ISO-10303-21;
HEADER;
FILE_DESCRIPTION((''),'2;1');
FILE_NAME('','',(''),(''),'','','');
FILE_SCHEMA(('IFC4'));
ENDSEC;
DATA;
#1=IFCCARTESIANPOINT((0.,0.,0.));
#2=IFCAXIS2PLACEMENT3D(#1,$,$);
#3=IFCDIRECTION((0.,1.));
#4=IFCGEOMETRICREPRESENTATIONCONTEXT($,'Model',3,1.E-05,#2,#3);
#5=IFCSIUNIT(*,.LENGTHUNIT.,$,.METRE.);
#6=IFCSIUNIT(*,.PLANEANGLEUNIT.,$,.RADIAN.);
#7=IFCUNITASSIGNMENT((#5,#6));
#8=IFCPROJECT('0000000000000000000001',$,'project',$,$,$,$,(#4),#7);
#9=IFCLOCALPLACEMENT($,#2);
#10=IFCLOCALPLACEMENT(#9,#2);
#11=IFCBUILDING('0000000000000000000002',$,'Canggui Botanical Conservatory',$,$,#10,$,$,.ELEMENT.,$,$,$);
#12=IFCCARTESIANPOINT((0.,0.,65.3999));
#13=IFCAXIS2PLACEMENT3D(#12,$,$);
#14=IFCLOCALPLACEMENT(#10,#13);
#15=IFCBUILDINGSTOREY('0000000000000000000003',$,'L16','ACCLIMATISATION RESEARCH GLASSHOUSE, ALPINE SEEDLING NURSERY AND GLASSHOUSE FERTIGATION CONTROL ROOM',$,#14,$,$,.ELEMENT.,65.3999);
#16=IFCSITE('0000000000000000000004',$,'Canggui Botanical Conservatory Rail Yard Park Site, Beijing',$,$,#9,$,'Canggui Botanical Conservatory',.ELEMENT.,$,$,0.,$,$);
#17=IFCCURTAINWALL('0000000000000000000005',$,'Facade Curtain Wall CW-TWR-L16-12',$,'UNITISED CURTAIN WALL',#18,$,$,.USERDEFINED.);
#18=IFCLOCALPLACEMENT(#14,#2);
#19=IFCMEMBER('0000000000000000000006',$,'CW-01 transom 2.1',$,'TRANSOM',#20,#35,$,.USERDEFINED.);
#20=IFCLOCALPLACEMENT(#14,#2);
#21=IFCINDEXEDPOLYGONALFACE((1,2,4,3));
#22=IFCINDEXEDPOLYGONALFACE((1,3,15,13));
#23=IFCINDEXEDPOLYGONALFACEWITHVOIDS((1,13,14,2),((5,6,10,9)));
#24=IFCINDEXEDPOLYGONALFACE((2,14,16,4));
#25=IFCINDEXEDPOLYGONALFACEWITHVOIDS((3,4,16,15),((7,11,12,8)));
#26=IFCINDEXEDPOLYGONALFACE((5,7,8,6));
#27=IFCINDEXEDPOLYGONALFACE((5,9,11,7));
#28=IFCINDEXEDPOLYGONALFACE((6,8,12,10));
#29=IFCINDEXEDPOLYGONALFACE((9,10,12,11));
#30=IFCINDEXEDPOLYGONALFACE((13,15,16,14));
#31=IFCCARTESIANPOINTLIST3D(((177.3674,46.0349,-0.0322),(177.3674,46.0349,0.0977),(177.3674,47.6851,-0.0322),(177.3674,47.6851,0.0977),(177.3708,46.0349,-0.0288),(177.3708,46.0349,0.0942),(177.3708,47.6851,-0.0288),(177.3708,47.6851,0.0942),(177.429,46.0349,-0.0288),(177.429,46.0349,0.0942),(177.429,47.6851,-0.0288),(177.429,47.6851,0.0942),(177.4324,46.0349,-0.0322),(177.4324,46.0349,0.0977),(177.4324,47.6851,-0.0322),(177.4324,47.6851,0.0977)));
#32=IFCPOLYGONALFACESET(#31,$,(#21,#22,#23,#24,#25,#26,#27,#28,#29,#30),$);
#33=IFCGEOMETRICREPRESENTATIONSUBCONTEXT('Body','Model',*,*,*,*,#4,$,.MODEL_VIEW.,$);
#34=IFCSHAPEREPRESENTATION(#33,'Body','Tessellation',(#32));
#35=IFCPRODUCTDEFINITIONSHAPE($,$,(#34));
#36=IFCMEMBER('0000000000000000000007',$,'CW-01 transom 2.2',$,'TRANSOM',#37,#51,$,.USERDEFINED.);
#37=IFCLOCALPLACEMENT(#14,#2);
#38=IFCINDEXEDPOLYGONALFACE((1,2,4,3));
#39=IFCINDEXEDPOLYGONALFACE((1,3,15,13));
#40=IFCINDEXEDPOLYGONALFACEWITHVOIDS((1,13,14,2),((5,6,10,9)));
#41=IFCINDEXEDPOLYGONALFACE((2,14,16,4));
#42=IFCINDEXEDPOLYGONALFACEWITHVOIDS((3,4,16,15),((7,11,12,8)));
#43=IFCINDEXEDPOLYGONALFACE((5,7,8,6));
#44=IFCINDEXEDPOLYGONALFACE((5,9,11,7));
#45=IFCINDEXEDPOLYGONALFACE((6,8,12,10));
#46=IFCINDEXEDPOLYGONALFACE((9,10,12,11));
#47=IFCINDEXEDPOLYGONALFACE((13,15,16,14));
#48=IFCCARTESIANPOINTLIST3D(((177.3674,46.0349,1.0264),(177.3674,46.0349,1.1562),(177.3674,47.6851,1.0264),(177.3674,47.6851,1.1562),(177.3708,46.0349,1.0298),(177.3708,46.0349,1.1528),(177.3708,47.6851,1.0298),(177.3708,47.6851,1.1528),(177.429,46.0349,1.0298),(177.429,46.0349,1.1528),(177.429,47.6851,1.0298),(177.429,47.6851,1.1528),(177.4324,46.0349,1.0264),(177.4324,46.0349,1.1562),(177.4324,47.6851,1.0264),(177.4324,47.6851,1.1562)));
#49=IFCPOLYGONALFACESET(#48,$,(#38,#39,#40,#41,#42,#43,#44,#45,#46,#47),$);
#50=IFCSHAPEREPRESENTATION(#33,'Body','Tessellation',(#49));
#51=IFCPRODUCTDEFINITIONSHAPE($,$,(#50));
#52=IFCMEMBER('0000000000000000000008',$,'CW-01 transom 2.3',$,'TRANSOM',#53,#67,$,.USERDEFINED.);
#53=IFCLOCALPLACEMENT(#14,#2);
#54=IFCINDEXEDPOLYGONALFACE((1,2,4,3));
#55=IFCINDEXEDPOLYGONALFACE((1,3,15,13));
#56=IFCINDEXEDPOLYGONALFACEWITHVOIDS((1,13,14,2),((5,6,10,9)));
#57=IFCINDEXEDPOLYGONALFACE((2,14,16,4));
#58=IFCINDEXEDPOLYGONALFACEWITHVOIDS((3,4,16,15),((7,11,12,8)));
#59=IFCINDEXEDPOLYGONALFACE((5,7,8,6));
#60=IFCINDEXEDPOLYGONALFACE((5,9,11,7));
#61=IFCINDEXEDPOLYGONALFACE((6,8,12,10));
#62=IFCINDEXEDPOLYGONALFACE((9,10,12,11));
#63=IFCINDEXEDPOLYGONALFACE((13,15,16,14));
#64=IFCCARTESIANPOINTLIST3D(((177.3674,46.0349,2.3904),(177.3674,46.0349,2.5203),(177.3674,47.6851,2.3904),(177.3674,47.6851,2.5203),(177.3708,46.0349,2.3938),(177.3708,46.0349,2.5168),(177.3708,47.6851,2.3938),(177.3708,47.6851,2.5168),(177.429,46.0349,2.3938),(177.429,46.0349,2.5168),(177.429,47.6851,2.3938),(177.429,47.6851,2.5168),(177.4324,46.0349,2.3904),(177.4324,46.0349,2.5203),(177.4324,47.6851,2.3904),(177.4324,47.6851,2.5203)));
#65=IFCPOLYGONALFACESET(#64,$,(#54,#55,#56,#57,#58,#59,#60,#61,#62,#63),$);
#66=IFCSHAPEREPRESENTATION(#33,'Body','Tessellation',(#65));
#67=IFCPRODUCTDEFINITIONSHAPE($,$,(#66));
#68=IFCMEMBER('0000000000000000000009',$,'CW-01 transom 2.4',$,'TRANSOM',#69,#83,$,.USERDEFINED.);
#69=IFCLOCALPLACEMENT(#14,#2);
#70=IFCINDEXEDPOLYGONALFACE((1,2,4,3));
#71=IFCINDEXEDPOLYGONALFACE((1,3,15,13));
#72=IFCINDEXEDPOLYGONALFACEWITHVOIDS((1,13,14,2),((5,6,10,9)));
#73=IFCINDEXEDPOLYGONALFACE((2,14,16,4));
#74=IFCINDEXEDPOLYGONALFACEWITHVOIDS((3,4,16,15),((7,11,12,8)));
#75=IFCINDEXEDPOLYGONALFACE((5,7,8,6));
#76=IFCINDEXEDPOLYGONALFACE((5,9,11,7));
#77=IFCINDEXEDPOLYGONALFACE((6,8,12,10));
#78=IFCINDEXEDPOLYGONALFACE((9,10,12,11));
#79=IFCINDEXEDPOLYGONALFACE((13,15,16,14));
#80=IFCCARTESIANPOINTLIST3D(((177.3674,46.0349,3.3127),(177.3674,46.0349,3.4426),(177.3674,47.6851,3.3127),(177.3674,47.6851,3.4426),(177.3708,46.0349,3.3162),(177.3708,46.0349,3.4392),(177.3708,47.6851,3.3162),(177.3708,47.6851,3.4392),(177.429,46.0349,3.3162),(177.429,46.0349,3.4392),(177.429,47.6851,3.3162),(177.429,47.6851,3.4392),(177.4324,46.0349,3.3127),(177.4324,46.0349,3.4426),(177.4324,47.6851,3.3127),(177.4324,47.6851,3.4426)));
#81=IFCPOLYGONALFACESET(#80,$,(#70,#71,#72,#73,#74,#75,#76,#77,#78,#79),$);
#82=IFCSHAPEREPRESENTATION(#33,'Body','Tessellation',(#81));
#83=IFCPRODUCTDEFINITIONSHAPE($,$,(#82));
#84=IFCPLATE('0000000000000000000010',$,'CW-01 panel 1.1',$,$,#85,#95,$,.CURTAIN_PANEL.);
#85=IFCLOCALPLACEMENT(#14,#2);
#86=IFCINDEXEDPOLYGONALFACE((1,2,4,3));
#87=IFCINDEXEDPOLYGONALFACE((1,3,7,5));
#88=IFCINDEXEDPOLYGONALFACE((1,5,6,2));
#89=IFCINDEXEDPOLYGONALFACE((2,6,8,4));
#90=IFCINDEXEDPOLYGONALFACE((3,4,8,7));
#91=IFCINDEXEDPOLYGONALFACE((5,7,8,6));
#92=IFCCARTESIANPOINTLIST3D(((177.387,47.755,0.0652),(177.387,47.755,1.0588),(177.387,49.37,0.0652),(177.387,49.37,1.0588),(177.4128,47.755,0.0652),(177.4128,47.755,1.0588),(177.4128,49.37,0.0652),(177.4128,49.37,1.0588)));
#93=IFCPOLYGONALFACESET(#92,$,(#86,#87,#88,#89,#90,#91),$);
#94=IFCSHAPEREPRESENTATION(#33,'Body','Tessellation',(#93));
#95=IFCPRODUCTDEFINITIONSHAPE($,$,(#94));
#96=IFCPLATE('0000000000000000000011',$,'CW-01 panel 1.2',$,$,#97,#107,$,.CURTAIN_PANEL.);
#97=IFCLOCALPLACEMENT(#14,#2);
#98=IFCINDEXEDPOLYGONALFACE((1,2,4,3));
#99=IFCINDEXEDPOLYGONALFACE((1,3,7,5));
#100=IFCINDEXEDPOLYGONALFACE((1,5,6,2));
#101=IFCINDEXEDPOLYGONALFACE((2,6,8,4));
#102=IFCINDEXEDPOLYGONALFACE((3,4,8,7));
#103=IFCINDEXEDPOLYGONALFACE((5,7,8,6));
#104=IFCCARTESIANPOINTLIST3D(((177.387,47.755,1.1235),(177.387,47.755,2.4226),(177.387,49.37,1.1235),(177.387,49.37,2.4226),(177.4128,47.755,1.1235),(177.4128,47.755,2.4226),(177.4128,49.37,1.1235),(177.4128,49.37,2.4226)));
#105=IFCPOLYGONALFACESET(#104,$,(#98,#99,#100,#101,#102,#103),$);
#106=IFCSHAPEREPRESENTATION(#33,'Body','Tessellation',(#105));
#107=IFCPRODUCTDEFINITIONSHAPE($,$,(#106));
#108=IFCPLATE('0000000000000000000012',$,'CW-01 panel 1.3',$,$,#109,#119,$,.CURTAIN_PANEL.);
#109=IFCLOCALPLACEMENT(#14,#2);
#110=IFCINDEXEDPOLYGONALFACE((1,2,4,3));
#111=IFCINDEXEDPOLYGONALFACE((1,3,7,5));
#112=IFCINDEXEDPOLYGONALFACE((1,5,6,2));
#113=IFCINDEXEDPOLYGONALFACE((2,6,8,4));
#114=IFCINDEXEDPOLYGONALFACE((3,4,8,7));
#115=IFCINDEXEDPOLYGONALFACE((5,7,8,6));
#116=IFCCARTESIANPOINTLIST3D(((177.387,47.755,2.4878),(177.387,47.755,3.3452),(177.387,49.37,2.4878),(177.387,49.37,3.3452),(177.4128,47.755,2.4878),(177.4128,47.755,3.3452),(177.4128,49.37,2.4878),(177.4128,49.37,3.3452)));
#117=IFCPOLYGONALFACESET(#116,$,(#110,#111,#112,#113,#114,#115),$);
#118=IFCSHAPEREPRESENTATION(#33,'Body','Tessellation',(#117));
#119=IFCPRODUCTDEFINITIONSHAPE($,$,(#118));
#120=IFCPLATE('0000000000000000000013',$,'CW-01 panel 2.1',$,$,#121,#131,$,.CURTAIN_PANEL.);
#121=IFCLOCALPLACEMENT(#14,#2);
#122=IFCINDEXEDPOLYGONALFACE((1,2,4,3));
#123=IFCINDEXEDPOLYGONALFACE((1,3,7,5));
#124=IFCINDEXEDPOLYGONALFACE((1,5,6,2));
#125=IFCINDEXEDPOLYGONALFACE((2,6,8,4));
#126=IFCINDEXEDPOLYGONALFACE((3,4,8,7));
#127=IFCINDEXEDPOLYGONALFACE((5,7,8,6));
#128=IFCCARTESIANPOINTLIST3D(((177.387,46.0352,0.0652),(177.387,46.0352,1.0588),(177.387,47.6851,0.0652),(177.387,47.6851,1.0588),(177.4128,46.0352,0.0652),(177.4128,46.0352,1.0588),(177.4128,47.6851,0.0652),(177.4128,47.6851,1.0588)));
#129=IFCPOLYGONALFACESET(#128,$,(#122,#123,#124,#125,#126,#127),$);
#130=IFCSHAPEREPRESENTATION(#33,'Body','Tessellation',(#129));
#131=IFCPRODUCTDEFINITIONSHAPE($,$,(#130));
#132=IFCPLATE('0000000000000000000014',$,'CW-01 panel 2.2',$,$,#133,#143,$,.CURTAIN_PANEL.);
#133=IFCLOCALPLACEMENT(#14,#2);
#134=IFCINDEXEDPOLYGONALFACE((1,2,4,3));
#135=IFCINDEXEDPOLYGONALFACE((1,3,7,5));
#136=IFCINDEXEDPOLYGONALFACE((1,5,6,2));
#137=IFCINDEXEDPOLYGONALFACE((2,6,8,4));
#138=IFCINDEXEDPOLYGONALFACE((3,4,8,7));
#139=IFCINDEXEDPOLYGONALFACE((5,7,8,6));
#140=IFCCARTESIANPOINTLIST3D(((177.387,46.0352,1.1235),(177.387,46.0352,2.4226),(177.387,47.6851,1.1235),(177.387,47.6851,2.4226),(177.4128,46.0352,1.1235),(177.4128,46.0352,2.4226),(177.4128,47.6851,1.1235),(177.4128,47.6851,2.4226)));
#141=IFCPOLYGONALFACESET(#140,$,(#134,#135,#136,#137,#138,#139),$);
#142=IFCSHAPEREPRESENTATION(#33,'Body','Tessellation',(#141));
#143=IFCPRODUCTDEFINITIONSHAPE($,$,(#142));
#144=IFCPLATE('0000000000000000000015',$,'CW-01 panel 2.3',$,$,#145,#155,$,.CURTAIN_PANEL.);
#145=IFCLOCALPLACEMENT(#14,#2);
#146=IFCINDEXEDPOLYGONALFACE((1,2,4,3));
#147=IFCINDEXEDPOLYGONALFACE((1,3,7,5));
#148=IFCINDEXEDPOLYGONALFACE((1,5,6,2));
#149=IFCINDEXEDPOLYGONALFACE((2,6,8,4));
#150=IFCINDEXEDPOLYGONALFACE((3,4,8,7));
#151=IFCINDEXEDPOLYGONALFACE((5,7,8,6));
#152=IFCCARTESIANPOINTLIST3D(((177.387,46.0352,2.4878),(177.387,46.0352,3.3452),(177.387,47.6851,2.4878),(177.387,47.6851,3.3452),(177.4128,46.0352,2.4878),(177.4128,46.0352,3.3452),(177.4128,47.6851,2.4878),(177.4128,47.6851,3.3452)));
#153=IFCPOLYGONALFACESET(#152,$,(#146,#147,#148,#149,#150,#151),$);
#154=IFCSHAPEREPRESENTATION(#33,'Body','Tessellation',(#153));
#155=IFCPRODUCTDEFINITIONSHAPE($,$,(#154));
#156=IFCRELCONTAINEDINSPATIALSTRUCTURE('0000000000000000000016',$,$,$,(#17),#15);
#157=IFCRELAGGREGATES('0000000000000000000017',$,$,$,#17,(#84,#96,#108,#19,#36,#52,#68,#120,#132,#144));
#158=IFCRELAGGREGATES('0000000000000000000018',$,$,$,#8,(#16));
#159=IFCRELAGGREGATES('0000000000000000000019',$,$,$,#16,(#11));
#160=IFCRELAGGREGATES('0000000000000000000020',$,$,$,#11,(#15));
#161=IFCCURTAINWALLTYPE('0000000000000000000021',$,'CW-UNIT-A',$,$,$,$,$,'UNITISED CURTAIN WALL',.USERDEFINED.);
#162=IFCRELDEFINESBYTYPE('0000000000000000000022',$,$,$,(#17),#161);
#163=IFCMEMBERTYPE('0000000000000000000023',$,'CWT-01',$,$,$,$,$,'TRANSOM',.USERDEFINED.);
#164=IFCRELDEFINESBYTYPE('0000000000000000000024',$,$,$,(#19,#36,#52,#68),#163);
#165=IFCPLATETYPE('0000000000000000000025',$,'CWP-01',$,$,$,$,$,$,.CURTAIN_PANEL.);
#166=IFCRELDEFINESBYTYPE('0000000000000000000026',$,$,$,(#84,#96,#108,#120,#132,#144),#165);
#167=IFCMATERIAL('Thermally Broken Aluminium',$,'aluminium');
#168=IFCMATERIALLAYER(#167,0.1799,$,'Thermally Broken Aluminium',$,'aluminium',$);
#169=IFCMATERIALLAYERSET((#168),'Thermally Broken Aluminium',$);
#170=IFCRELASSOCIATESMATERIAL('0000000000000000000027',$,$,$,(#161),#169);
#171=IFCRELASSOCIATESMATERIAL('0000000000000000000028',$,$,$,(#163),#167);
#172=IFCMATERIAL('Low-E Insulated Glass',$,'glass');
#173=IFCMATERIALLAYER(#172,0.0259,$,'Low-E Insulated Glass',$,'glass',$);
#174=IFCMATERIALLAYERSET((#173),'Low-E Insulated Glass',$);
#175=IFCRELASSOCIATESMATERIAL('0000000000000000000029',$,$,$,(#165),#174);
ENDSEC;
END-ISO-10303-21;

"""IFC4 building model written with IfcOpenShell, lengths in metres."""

from ifc_helpers import new_model, si_unit, direction, frame, origin, origin_2d, place, context, subcontext, project, spatial, rectangle, hollow_rectangle, extrude, material, layer, layer_set, material_profile, profile_set, type_object, element, aggregate, save


model = new_model("IFC4")

# Units and contexts
model_context = context("Model", 3, precision=1e-05, world=origin(), true_north=direction((0.0, 1.0)))
body_context = subcontext(model_context, "Body", "Model", "MODEL_VIEW")
ifc_project = project(units=[si_unit("LENGTHUNIT", "METRE"), si_unit("PLANEANGLEUNIT", "RADIAN")], contexts=[model_context])

# Site, building, storey
site_placement = place(None, origin())
site = spatial("IfcSite", under=ifc_project, at=site_placement, Name="Canggui Botanical Conservatory Rail Yard Park Site, Beijing", LongName="Canggui Botanical Conservatory", CompositionType="ELEMENT", RefElevation=0.0)
building_placement = place(site_placement, origin())
building = spatial("IfcBuilding", under=site, at=building_placement, Name="Canggui Botanical Conservatory", CompositionType="ELEMENT")
storey_placement = place(building_placement, frame((0.0, 0.0, 65.3999)))
storey = spatial("IfcBuildingStorey", under=building, at=storey_placement, Name="L16", Description="ACCLIMATISATION RESEARCH GLASSHOUSE, ALPINE SEEDLING NURSERY AND GLASSHOUSE FERTIGATION CONTROL ROOM", CompositionType="ELEMENT", Elevation=65.3999)

# Curtain wall, members, plates
ifc_material_1 = material(Name="Thermally Broken Aluminium", Category="aluminium")
ifc_layer_1 = layer(ifc_material_1, 0.1799, Name="Thermally Broken Aluminium", Category="aluminium")
ifc_layer_set_1 = layer_set([ifc_layer_1], Name="Thermally Broken Aluminium")
curtain_wall_type = type_object("IfcCurtainWallType", Name="CW-UNIT-A", ElementType="UNITISED CURTAIN WALL", PredefinedType="USERDEFINED", material=ifc_layer_set_1)
curtain_wall_placement = place(storey_placement, origin())
curtain_wall = element("IfcCurtainWall", 1, at=curtain_wall_placement, inside=storey, type_object=curtain_wall_type, Name="Facade Curtain Wall CW-TWR-L16-12", ObjectType="UNITISED CURTAIN WALL", PredefinedType="USERDEFINED")
ifc_material_profile_1 = material_profile(ifc_material_1, hollow_rectangle(XDim=0.0649, YDim=0.1299, WallThickness=0.0034, at=origin_2d()), Name="CWT 65x130x3.5")
ifc_profile_set_1 = profile_set([ifc_material_profile_1], Name="Thermally Broken Aluminium")
member_type_1 = type_object("IfcMemberType", Name="CWT-01", ElementType="TRANSOM", PredefinedType="USERDEFINED", material=ifc_profile_set_1)
member_1_placement = place(storey_placement, frame((177.3999, 47.6851, 0.0327), z_axis=(0.0, -1.0, 0.0), x_axis=(1.0, 0.0, 0.0)))
member_1 = element("IfcMember", 2, at=member_1_placement, type_object=member_type_1, Name="CW-01 transom 2.1", ObjectType="TRANSOM", PredefinedType="USERDEFINED", context=body_context, shape_type="SweptSolid", body=[
    extrude(hollow_rectangle(XDim=0.0649, YDim=0.1299, WallThickness=0.0034, at=origin_2d()), origin(), (0.0, 0.0, 1.0), 1.6501),
])
member_2_placement = place(storey_placement, frame((177.3999, 47.6851, 1.0913), z_axis=(0.0, -1.0, 0.0), x_axis=(1.0, 0.0, 0.0)))
member_2 = element("IfcMember", 3, at=member_2_placement, type_object=member_type_1, Name="CW-01 transom 2.2", ObjectType="TRANSOM", PredefinedType="USERDEFINED", context=body_context, shape_type="SweptSolid", body=[
    extrude(hollow_rectangle(XDim=0.0649, YDim=0.1299, WallThickness=0.0034, at=origin_2d()), origin(), (0.0, 0.0, 1.0), 1.6501),
])
member_3_placement = place(storey_placement, frame((177.3999, 47.6851, 2.4553), z_axis=(0.0, -1.0, 0.0), x_axis=(1.0, 0.0, 0.0)))
member_3 = element("IfcMember", 4, at=member_3_placement, type_object=member_type_1, Name="CW-01 transom 2.3", ObjectType="TRANSOM", PredefinedType="USERDEFINED", context=body_context, shape_type="SweptSolid", body=[
    extrude(hollow_rectangle(XDim=0.0649, YDim=0.1299, WallThickness=0.0034, at=origin_2d()), origin(), (0.0, 0.0, 1.0), 1.6501),
])
member_4_placement = place(storey_placement, frame((177.3999, 47.6851, 3.3777), z_axis=(0.0, -1.0, 0.0), x_axis=(1.0, 0.0, 0.0)))
member_4 = element("IfcMember", 5, at=member_4_placement, type_object=member_type_1, Name="CW-01 transom 2.4", ObjectType="TRANSOM", PredefinedType="USERDEFINED", context=body_context, shape_type="SweptSolid", body=[
    extrude(hollow_rectangle(XDim=0.0649, YDim=0.1299, WallThickness=0.0034, at=origin_2d()), origin(), (0.0, 0.0, 1.0), 1.6501),
])
ifc_material_2 = material(Name="Low-E Insulated Glass", Category="glass")
ifc_layer_2 = layer(ifc_material_2, 0.0259, Name="Low-E Insulated Glass", Category="glass")
ifc_layer_set_2 = layer_set([ifc_layer_2], Name="Low-E Insulated Glass")
plate_type = type_object("IfcPlateType", Name="CWP-01", PredefinedType="CURTAIN_PANEL", material=ifc_layer_set_2)
plate_1_placement = place(storey_placement, frame((177.3999, 48.5625, 0.0652), z_axis=(0.0, 0.0, 1.0), x_axis=(0.0, -1.0, 0.0)))
plate_1 = element("IfcPlate", 6, at=plate_1_placement, type_object=plate_type, Name="CW-01 panel 1.1", PredefinedType="CURTAIN_PANEL", context=body_context, shape_type="SweptSolid", body=[
    extrude(rectangle(XDim=1.615, YDim=0.0259, at=origin_2d()), origin(), (0.0, 0.0, 1.0), 0.9937),
])
plate_2_placement = place(storey_placement, frame((177.3999, 48.5625, 1.1235), z_axis=(0.0, 0.0, 1.0), x_axis=(0.0, -1.0, 0.0)))
plate_2 = element("IfcPlate", 7, at=plate_2_placement, type_object=plate_type, Name="CW-01 panel 1.2", PredefinedType="CURTAIN_PANEL", context=body_context, shape_type="SweptSolid", body=[
    extrude(rectangle(XDim=1.615, YDim=0.0259, at=origin_2d()), origin(), (0.0, 0.0, 1.0), 1.2991),
])
plate_3_placement = place(storey_placement, frame((177.3999, 48.5625, 2.4878), z_axis=(0.0, 0.0, 1.0), x_axis=(0.0, -1.0, 0.0)))
plate_3 = element("IfcPlate", 8, at=plate_3_placement, type_object=plate_type, Name="CW-01 panel 1.3", PredefinedType="CURTAIN_PANEL", context=body_context, shape_type="SweptSolid", body=[
    extrude(rectangle(XDim=1.615, YDim=0.0259, at=origin_2d()), origin(), (0.0, 0.0, 1.0), 0.8574),
])
plate_4_placement = place(storey_placement, frame((177.3999, 46.8601, 0.0652), z_axis=(0.0, 0.0, 1.0), x_axis=(0.0, -1.0, 0.0)))
plate_4 = element("IfcPlate", 9, at=plate_4_placement, type_object=plate_type, Name="CW-01 panel 2.1", PredefinedType="CURTAIN_PANEL", context=body_context, shape_type="SweptSolid", body=[
    extrude(rectangle(XDim=1.6499, YDim=0.0259, at=origin_2d()), origin(), (0.0, 0.0, 1.0), 0.9937),
])
plate_5_placement = place(storey_placement, frame((177.3999, 46.8601, 1.1235), z_axis=(0.0, 0.0, 1.0), x_axis=(0.0, -1.0, 0.0)))
plate_5 = element("IfcPlate", 10, at=plate_5_placement, type_object=plate_type, Name="CW-01 panel 2.2", PredefinedType="CURTAIN_PANEL", context=body_context, shape_type="SweptSolid", body=[
    extrude(rectangle(XDim=1.6499, YDim=0.0259, at=origin_2d()), origin(), (0.0, 0.0, 1.0), 1.2991),
])
plate_6_placement = place(storey_placement, frame((177.3999, 46.8601, 2.4878), z_axis=(0.0, 0.0, 1.0), x_axis=(0.0, -1.0, 0.0)))
plate_6 = element("IfcPlate", 11, at=plate_6_placement, type_object=plate_type, Name="CW-01 panel 2.3", PredefinedType="CURTAIN_PANEL", context=body_context, shape_type="SweptSolid", body=[
    extrude(rectangle(XDim=1.6499, YDim=0.0259, at=origin_2d()), origin(), (0.0, 0.0, 1.0), 0.8574),
])
aggregate(curtain_wall, [plate_1, plate_2, plate_3, member_1, member_2, member_3, member_4, plate_4, plate_5, plate_6])

save(model, "model.ifc")
